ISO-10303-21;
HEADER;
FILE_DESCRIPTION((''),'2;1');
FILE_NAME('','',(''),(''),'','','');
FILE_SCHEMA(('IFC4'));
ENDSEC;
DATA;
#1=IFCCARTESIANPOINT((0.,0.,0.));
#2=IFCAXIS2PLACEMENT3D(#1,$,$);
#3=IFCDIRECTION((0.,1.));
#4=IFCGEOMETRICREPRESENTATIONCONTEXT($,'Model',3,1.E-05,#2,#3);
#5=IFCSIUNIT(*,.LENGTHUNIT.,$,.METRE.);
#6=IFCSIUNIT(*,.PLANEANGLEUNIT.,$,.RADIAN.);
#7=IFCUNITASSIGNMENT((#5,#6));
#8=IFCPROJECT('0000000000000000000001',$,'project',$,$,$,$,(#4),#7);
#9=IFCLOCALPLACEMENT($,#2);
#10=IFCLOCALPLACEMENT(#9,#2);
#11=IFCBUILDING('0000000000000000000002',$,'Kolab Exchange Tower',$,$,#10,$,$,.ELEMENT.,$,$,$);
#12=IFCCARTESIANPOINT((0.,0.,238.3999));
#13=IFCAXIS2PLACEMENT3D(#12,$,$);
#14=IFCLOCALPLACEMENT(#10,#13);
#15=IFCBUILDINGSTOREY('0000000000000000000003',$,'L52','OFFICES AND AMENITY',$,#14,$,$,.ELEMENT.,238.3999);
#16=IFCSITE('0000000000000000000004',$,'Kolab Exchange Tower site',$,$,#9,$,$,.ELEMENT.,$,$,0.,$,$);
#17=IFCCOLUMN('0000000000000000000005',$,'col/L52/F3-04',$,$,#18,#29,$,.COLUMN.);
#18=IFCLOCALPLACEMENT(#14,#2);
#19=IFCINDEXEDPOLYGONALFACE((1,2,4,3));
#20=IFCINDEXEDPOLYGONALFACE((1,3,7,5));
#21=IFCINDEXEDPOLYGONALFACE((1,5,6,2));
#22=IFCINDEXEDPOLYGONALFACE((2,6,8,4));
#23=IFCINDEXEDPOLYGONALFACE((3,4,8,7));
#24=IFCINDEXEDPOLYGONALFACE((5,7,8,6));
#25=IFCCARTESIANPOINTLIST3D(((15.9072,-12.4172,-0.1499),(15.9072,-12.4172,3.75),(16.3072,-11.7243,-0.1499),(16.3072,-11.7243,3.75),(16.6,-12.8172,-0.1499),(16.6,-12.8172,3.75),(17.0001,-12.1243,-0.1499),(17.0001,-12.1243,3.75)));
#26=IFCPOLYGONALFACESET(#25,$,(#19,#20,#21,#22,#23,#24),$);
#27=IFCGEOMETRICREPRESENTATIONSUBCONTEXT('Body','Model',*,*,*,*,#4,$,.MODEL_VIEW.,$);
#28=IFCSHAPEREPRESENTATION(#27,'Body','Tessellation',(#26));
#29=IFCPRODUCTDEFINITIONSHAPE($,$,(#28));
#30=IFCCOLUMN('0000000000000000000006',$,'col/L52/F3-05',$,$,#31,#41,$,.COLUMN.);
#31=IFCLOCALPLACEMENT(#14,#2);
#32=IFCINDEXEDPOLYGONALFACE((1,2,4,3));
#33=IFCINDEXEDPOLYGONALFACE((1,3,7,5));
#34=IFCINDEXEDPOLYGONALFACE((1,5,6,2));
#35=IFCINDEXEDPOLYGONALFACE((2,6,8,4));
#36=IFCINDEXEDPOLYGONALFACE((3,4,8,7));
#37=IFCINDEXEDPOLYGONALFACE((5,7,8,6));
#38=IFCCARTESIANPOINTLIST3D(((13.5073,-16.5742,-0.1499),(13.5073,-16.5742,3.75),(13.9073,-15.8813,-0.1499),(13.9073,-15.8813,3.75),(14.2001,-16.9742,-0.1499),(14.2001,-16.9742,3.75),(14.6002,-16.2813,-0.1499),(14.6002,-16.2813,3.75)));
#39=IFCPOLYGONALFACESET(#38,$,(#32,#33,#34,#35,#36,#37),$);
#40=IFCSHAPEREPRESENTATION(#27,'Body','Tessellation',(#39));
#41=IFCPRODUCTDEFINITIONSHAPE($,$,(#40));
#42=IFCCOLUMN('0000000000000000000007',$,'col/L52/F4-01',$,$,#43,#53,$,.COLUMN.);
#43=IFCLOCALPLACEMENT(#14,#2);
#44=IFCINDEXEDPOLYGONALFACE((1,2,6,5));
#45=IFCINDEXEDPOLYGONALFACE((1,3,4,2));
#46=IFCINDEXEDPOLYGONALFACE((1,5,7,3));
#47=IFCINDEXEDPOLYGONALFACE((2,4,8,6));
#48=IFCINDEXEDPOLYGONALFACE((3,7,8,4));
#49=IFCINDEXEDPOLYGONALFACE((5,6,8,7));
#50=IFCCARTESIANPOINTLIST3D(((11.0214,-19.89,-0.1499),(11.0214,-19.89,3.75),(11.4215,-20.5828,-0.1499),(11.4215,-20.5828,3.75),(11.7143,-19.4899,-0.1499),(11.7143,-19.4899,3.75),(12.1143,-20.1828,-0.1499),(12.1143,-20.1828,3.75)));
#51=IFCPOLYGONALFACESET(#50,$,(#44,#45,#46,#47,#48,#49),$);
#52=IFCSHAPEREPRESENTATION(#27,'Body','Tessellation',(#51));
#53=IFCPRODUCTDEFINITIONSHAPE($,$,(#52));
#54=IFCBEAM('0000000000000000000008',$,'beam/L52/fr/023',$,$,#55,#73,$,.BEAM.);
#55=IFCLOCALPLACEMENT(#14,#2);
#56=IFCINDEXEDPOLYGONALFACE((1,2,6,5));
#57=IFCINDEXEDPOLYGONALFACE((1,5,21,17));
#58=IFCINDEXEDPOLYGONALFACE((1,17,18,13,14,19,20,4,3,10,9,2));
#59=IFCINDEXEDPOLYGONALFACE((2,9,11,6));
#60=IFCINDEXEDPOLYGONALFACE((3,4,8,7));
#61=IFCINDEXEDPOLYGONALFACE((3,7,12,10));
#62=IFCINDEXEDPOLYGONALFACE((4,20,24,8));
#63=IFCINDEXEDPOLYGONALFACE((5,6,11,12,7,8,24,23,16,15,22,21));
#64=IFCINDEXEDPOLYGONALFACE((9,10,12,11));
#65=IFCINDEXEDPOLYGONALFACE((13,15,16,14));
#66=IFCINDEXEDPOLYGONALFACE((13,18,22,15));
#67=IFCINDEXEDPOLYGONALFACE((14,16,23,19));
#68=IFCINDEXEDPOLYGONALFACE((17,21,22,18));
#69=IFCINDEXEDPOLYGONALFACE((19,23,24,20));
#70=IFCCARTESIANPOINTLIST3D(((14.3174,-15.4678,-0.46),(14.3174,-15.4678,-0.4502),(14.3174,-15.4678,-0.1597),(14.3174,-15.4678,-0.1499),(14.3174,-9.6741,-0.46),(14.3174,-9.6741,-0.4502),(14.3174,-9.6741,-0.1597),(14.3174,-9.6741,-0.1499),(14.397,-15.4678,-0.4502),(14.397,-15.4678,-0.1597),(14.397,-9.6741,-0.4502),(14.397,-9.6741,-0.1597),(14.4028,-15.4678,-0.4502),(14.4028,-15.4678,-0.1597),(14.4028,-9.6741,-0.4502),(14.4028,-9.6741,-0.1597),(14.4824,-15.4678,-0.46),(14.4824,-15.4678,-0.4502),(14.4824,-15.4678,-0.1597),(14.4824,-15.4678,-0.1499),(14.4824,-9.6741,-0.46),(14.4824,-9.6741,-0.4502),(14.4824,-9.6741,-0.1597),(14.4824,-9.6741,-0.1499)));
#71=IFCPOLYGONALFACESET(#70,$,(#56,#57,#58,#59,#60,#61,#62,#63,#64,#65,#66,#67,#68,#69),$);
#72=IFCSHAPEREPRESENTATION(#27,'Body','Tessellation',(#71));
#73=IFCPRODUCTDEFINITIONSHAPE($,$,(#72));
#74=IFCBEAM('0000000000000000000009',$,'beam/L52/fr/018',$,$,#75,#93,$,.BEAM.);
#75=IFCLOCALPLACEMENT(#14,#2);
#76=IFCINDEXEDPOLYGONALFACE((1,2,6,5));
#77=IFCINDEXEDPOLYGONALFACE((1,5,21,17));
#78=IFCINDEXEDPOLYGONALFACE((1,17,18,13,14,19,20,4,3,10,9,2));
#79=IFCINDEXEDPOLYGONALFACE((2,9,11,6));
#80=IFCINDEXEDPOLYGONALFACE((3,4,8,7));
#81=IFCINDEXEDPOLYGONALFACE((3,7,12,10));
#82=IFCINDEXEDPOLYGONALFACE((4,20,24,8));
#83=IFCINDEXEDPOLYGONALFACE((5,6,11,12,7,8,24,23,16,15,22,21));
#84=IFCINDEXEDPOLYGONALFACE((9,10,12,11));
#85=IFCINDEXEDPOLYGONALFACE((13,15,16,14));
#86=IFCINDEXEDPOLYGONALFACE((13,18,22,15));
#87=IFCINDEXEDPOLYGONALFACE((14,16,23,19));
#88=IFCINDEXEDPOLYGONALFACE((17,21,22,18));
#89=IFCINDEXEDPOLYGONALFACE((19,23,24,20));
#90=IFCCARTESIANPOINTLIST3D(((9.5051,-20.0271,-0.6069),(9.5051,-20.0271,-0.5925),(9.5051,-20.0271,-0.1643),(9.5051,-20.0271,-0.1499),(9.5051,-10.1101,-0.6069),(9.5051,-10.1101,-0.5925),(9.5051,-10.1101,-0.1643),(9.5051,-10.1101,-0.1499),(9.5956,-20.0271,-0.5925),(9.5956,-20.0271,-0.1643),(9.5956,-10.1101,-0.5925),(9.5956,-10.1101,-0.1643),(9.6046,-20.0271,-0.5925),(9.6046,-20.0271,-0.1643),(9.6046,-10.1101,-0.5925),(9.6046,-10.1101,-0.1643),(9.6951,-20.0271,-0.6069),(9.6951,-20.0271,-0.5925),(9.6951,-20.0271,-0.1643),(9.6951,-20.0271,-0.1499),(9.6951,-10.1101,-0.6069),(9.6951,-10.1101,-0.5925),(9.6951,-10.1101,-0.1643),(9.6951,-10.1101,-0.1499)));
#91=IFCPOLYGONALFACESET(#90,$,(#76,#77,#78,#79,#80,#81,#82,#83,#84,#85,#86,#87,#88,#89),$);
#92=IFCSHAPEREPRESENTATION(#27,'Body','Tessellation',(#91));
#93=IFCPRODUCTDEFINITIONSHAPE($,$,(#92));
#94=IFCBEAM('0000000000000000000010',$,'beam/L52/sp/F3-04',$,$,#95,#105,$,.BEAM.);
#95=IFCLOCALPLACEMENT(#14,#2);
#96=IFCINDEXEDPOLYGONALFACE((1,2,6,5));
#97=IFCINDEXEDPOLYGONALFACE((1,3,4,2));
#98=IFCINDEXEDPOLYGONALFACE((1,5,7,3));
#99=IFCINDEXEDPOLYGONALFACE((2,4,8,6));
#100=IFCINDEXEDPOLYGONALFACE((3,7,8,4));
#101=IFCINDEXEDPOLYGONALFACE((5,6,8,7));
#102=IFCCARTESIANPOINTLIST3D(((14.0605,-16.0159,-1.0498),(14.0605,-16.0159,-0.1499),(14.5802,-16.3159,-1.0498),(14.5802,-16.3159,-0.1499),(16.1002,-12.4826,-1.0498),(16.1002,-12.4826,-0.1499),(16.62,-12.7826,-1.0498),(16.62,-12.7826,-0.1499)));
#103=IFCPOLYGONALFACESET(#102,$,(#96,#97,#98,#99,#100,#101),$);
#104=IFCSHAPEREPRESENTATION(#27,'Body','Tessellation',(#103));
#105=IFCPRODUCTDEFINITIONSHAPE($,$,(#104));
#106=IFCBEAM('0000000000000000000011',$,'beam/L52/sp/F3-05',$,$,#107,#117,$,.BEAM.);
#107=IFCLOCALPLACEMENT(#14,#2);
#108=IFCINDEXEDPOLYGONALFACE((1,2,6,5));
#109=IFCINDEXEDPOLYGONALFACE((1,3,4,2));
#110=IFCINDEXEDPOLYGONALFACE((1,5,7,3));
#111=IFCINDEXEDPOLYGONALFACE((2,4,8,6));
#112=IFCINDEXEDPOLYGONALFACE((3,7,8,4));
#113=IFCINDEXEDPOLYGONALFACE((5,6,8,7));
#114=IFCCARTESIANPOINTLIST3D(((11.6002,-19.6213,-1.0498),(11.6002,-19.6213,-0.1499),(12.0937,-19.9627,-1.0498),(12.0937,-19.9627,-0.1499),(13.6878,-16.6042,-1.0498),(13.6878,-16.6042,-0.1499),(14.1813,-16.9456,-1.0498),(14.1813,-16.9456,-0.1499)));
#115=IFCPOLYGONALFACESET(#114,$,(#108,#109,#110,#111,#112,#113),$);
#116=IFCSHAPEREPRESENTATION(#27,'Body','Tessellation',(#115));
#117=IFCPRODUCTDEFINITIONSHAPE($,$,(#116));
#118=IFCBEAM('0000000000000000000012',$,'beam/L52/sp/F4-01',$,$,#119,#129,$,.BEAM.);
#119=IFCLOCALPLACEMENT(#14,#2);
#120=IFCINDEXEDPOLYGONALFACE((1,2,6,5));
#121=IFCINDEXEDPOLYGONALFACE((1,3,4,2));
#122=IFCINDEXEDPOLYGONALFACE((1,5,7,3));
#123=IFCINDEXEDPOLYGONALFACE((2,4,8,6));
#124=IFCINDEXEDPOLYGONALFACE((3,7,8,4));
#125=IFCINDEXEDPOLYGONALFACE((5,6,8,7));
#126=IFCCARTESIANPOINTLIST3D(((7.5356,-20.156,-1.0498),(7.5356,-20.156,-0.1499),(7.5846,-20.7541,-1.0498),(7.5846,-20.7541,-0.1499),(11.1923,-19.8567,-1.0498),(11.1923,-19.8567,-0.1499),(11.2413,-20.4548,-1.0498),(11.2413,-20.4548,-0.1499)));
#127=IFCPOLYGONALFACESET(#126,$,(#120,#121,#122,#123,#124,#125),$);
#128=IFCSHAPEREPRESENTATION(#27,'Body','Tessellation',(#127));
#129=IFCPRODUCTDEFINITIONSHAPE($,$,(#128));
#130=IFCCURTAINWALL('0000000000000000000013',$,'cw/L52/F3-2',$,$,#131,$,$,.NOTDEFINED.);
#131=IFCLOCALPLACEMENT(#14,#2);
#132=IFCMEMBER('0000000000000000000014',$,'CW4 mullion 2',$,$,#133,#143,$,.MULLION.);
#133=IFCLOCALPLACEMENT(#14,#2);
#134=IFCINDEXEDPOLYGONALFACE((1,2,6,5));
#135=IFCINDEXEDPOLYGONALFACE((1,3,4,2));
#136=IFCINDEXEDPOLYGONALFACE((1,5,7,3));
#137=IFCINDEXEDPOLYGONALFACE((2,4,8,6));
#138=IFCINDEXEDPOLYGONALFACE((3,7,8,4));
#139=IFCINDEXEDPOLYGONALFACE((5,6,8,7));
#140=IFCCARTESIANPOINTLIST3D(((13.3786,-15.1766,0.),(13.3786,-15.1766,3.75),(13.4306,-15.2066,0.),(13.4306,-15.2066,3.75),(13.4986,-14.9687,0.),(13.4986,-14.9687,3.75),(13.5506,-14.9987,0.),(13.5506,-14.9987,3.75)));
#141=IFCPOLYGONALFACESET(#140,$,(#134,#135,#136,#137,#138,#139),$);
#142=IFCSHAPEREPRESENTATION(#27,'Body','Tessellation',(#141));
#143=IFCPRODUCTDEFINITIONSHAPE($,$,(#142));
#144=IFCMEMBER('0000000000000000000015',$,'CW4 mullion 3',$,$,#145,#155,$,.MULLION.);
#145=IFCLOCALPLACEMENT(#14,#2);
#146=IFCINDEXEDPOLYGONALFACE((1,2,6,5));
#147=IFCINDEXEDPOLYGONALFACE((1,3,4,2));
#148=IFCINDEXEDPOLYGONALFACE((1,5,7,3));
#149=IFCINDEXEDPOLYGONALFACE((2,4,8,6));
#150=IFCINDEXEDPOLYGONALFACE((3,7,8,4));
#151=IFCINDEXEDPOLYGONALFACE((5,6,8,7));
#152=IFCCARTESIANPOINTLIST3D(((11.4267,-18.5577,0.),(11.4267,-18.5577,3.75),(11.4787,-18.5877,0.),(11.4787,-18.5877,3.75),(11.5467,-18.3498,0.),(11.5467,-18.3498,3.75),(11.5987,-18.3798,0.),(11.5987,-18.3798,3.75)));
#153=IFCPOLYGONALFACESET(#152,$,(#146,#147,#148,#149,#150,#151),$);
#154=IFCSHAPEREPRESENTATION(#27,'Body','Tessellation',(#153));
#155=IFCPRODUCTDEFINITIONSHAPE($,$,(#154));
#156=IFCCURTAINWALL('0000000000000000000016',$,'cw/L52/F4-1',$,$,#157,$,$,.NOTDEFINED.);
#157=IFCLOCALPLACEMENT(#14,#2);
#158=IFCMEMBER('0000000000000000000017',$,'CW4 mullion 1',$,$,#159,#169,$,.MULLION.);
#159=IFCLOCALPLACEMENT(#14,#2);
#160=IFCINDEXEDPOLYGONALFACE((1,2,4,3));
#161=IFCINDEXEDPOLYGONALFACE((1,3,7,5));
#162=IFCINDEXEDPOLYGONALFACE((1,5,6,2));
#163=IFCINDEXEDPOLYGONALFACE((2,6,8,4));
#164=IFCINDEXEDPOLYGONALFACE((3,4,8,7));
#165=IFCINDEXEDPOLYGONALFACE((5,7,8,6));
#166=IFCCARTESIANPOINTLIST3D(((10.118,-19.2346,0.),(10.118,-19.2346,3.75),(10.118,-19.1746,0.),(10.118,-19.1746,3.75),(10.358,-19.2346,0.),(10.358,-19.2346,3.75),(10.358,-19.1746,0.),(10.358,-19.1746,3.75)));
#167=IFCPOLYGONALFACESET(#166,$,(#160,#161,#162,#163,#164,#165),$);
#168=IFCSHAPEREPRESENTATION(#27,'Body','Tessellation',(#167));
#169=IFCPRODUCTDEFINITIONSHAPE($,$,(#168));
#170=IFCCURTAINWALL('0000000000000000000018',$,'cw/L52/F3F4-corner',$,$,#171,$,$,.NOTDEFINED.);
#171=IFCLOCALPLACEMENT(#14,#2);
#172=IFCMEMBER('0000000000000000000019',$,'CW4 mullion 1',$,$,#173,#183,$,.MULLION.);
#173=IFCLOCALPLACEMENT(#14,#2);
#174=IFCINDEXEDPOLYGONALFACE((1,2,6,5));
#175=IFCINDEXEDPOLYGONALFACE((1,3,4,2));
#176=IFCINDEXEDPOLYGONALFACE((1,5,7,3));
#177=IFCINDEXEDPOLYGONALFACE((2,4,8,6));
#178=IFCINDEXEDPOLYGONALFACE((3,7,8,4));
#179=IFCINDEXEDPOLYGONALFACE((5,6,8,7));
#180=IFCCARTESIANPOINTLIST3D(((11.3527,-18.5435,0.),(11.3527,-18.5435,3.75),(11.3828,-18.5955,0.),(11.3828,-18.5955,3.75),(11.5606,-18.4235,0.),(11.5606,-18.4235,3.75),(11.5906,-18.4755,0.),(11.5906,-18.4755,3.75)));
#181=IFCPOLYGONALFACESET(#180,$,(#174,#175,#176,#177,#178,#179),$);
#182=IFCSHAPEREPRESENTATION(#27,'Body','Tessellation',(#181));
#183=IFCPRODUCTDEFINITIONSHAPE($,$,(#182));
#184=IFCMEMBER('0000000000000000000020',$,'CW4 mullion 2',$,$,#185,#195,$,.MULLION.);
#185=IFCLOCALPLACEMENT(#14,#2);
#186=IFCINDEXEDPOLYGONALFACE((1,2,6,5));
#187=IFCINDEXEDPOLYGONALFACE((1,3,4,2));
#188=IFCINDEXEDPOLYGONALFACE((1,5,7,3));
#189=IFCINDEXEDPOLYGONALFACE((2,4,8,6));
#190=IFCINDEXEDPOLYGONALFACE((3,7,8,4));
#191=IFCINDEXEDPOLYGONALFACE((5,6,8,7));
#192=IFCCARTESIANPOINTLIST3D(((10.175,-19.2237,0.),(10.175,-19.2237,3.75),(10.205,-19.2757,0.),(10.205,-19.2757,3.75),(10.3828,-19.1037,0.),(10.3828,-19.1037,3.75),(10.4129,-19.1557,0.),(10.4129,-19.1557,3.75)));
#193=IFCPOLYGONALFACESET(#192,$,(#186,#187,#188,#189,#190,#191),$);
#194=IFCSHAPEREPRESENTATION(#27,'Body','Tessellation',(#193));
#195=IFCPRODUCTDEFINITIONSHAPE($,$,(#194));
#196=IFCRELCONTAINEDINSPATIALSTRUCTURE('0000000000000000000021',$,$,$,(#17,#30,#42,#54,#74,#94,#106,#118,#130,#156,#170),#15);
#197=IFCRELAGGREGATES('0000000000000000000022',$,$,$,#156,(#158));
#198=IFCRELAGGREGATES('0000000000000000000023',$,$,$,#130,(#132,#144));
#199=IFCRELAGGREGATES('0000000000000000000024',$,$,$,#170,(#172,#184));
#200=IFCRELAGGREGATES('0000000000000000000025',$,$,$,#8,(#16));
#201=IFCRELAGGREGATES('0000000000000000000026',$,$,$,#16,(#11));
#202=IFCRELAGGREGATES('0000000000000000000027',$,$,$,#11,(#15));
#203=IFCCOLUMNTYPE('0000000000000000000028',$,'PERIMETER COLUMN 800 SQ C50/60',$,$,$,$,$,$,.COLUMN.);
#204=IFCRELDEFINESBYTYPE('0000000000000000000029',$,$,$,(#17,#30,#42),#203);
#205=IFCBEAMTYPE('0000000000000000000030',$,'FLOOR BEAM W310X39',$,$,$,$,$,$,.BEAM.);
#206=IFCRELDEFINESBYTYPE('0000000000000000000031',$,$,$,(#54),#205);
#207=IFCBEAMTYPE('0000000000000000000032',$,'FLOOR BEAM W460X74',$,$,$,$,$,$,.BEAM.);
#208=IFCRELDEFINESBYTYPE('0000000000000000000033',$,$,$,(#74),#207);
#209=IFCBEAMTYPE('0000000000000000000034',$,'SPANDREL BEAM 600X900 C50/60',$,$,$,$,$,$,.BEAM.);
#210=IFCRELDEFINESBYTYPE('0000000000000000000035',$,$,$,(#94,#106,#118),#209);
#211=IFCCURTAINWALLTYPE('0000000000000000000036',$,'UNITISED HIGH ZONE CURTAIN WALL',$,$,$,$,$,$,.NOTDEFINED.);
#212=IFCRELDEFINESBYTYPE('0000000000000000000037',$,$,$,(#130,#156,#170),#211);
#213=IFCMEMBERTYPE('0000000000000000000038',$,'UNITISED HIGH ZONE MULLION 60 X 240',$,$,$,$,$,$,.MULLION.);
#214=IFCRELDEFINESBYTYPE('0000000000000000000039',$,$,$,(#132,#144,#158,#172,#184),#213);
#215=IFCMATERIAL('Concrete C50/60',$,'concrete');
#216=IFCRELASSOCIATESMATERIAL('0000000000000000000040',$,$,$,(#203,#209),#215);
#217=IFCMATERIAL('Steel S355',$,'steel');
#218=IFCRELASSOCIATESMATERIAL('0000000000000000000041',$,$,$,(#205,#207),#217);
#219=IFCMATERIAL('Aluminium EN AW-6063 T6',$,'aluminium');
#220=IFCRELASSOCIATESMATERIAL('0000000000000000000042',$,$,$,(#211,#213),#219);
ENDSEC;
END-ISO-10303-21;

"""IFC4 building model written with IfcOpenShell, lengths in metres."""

from ifc_helpers import new_model, si_unit, direction, frame, origin, origin_2d, place, context, subcontext, project, spatial, rectangle, i_section, extrude, material, material_profile, profile_set, type_object, element, aggregate, save


model = new_model("IFC4")

# Units and contexts
model_context = context("Model", 3, precision=1e-05, world=origin(), true_north=direction((0.0, 1.0)))
body_context = subcontext(model_context, "Body", "Model", "MODEL_VIEW")
ifc_project = project(units=[si_unit("LENGTHUNIT", "METRE"), si_unit("PLANEANGLEUNIT", "RADIAN")], contexts=[model_context])

# Site, building, storey
site_placement = place(None, origin())
site = spatial("IfcSite", under=ifc_project, at=site_placement, Name="Kolab Exchange Tower site", CompositionType="ELEMENT", RefElevation=0.0)
building_placement = place(site_placement, origin())
building = spatial("IfcBuilding", under=site, at=building_placement, Name="Kolab Exchange Tower", CompositionType="ELEMENT")
storey_placement = place(building_placement, frame((0.0, 0.0, 238.3999)))
storey = spatial("IfcBuildingStorey", under=building, at=storey_placement, Name="L52", Description="OFFICES AND AMENITY", CompositionType="ELEMENT", Elevation=238.3999)

# Columns
ifc_material_1 = material(Name="Concrete C50/60", Category="concrete")
ifc_material_profile_1 = material_profile(ifc_material_1, rectangle(XDim=0.8, YDim=0.8, at=origin_2d()), Name="RC800")
ifc_profile_set_1 = profile_set([ifc_material_profile_1], Name="Concrete C50/60")
column_type = type_object("IfcColumnType", Name="PERIMETER COLUMN 800 SQ C50/60", PredefinedType="COLUMN", material=ifc_profile_set_1)
for number, where, z_axis, x_axis, name in (
    (1, (16.4536, -12.2708, -0.1499), (0.0, 0.0, 1.0), (0.5, 0.866025, 0.0), "col/L52/F3-04"),
    (2, (14.0537, -16.4277, -0.1499), (0.0, 0.0, 1.0), (0.5, 0.866025, 0.0), "col/L52/F3-05"),
    (3, (11.5679, -20.0364, -0.1499), (0.0, 0.0, 1.0), (0.866025, 0.5, 0.0), "col/L52/F4-01"),
):
    element("IfcColumn", number, at=place(storey_placement, frame(where, z_axis=z_axis, x_axis=x_axis)), inside=storey, type_object=column_type, Name=name, PredefinedType="COLUMN", context=body_context, shape_type="SweptSolid", body=[
        extrude(rectangle(XDim=0.8, YDim=0.8, at=origin_2d()), origin(), (0.0, 0.0, 1.0), 3.8999),
    ])

# Beams
ifc_material_2 = material(Name="Steel S355", Category="steel")
ifc_material_profile_2 = material_profile(ifc_material_2, i_section(OverallWidth=0.165, OverallDepth=0.3101, WebThickness=0.0059, FlangeThickness=0.0098, at=origin_2d()), Name="W310X39")
ifc_profile_set_2 = profile_set([ifc_material_profile_2], Name="Steel S355")
beam_type_1 = type_object("IfcBeamType", Name="FLOOR BEAM W310X39", PredefinedType="BEAM", material=ifc_profile_set_2)
beam_1_placement = place(storey_placement, frame((14.3999, -15.4678, -0.3049), z_axis=(0.0, 1.0, 0.0), x_axis=(-1.0, 0.0, 0.0)))
element("IfcBeam", 4, at=beam_1_placement, inside=storey, type_object=beam_type_1, Name="beam/L52/fr/023", PredefinedType="BEAM", context=body_context, shape_type="SweptSolid", body=[
    extrude(i_section(OverallWidth=0.165, OverallDepth=0.3101, WebThickness=0.0059, FlangeThickness=0.0098, at=origin_2d()), origin(), (0.0, 0.0, 1.0), 5.7937),
])
ifc_material_profile_3 = material_profile(ifc_material_2, i_section(OverallWidth=0.1899, OverallDepth=0.457, WebThickness=0.009, FlangeThickness=0.0144, at=origin_2d()), Name="W460X74")
ifc_profile_set_3 = profile_set([ifc_material_profile_3], Name="Steel S355")
beam_type_2 = type_object("IfcBeamType", Name="FLOOR BEAM W460X74", PredefinedType="BEAM", material=ifc_profile_set_3)
beam_2_placement = place(storey_placement, frame((9.6001, -20.0271, -0.3784), z_axis=(0.0, 1.0, 0.0), x_axis=(-1.0, 0.0, 0.0)))
element("IfcBeam", 5, at=beam_2_placement, inside=storey, type_object=beam_type_2, Name="beam/L52/fr/018", PredefinedType="BEAM", context=body_context, shape_type="SweptSolid", body=[
    extrude(i_section(OverallWidth=0.1899, OverallDepth=0.457, WebThickness=0.009, FlangeThickness=0.0144, at=origin_2d()), origin(), (0.0, 0.0, 1.0), 9.917),
])
ifc_material_profile_4 = material_profile(ifc_material_1, rectangle(XDim=0.6001, YDim=0.8999, at=origin_2d()), Name="RC600X900")
ifc_profile_set_4 = profile_set([ifc_material_profile_4], Name="Concrete C50/60")
beam_type_3 = type_object("IfcBeamType", Name="SPANDREL BEAM 600X900 C50/60", PredefinedType="BEAM", material=ifc_profile_set_4)
beam_3_placement = place(storey_placement, frame((16.3601, -12.6326, -0.5999), z_axis=(-0.499956, -0.866051, 0.0), x_axis=(0.866051, -0.499956, 0.0)))
element("IfcBeam", 6, at=beam_3_placement, inside=storey, type_object=beam_type_3, Name="beam/L52/sp/F3-04", PredefinedType="BEAM", context=body_context, shape_type="SweptSolid", body=[
    extrude(rectangle(XDim=0.6001, YDim=0.8999, at=origin_2d()), origin(), (0.0, 0.0, 1.0), 4.0798),
])
for number, where, z_axis, x_axis, name in (
    (7, (13.9346, -16.7749, -0.5999), (-0.569006, -0.822334, 0.0), (0.822334, -0.569006, 0.0), "beam/L52/sp/F3-05"),
    (8, (11.2168, -20.1558, -0.5999), (-0.996667, -0.081581, 0.0), (0.081581, -0.996667, 0.0), "beam/L52/sp/F4-01"),
):
    element("IfcBeam", number, at=place(storey_placement, frame(where, z_axis=z_axis, x_axis=x_axis)), inside=storey, type_object=beam_type_3, Name=name, PredefinedType="BEAM", context=body_context, shape_type="SweptSolid", body=[
        extrude(rectangle(XDim=0.6001, YDim=0.8999, at=origin_2d()), origin(), (0.0, 0.0, 1.0), 3.6689),
    ])

# Curtain wall, members
ifc_material_3 = material(Name="Aluminium EN AW-6063 T6", Category="aluminium")
curtain_wall_type = type_object("IfcCurtainWallType", Name="UNITISED HIGH ZONE CURTAIN WALL", PredefinedType="NOTDEFINED", material=ifc_material_3)
curtain_wall_1_placement = place(storey_placement, origin())
curtain_wall_1 = element("IfcCurtainWall", 9, at=curtain_wall_1_placement, inside=storey, type_object=curtain_wall_type, Name="cw/L52/F3-2", PredefinedType="NOTDEFINED")
ifc_material_profile_5 = material_profile(ifc_material_3, rectangle(XDim=0.0601, YDim=0.24, at=origin_2d()), Name="RECT 60X240")
ifc_profile_set_5 = profile_set([ifc_material_profile_5], Name="Aluminium EN AW-6063 T6")
member_type_1 = type_object("IfcMemberType", Name="UNITISED HIGH ZONE MULLION 60 X 240", PredefinedType="MULLION", material=ifc_profile_set_5)
member_1_placement = place(storey_placement, frame((13.4646, -15.0876, 0.0), z_axis=(0.0, 0.0, 1.0), x_axis=(0.866025, -0.5, 0.0)))
member_1 = element("IfcMember", 10, at=member_1_placement, type_object=member_type_1, Name="CW4 mullion 2", PredefinedType="MULLION", context=body_context, shape_type="SweptSolid", body=[
    extrude(rectangle(XDim=0.0601, YDim=0.24, at=origin_2d()), origin(), (0.0, 0.0, 1.0), 3.75),
])
member_2_placement = place(storey_placement, frame((11.5127, -18.4688, 0.0), z_axis=(0.0, 0.0, 1.0), x_axis=(0.866025, -0.5, 0.0)))
member_2 = element("IfcMember", 11, at=member_2_placement, type_object=member_type_1, Name="CW4 mullion 3", PredefinedType="MULLION", context=body_context, shape_type="SweptSolid", body=[
    extrude(rectangle(XDim=0.0601, YDim=0.24, at=origin_2d()), origin(), (0.0, 0.0, 1.0), 3.75),
])

# Curtain wall, member
curtain_wall_2_placement = place(storey_placement, origin())
curtain_wall_2 = element("IfcCurtainWall", 12, at=curtain_wall_2_placement, inside=storey, type_object=curtain_wall_type, Name="cw/L52/F4-1", PredefinedType="NOTDEFINED")
member_3_placement = place(storey_placement, frame((10.238, -19.2046, 0.0), z_axis=(0.0, 0.0, 1.0), x_axis=(0.0, -1.0, 0.0)))
member_3 = element("IfcMember", 13, at=member_3_placement, type_object=member_type_1, Name="CW4 mullion 1", PredefinedType="MULLION", context=body_context, shape_type="SweptSolid", body=[
    extrude(rectangle(XDim=0.0601, YDim=0.24, at=origin_2d()), origin(), (0.0, 0.0, 1.0), 3.75),
])

# Curtain wall, members
curtain_wall_3_placement = place(storey_placement, origin())
curtain_wall_3 = element("IfcCurtainWall", 14, at=curtain_wall_3_placement, inside=storey, type_object=curtain_wall_type, Name="cw/L52/F3F4-corner", PredefinedType="NOTDEFINED")
member_4_placement = place(storey_placement, frame((11.4717, -18.5095, 0.0), z_axis=(0.0, 0.0, 1.0), x_axis=(0.5, -0.866025, 0.0)))
member_4 = element("IfcMember", 15, at=member_4_placement, type_object=member_type_1, Name="CW4 mullion 1", PredefinedType="MULLION", context=body_context, shape_type="SweptSolid", body=[
    extrude(rectangle(XDim=0.0601, YDim=0.24, at=origin_2d()), origin(), (0.0, 0.0, 1.0), 3.75),
])
member_5_placement = place(storey_placement, frame((10.2939, -19.1897, 0.0), z_axis=(0.0, 0.0, 1.0), x_axis=(0.5, -0.866025, 0.0)))
member_5 = element("IfcMember", 16, at=member_5_placement, type_object=member_type_1, Name="CW4 mullion 2", PredefinedType="MULLION", context=body_context, shape_type="SweptSolid", body=[
    extrude(rectangle(XDim=0.0601, YDim=0.24, at=origin_2d()), origin(), (0.0, 0.0, 1.0), 3.75),
])

aggregate(curtain_wall_2, [member_3])

aggregate(curtain_wall_1, [member_1, member_2])
aggregate(curtain_wall_3, [member_4, member_5])

save(model, "model.ifc")
